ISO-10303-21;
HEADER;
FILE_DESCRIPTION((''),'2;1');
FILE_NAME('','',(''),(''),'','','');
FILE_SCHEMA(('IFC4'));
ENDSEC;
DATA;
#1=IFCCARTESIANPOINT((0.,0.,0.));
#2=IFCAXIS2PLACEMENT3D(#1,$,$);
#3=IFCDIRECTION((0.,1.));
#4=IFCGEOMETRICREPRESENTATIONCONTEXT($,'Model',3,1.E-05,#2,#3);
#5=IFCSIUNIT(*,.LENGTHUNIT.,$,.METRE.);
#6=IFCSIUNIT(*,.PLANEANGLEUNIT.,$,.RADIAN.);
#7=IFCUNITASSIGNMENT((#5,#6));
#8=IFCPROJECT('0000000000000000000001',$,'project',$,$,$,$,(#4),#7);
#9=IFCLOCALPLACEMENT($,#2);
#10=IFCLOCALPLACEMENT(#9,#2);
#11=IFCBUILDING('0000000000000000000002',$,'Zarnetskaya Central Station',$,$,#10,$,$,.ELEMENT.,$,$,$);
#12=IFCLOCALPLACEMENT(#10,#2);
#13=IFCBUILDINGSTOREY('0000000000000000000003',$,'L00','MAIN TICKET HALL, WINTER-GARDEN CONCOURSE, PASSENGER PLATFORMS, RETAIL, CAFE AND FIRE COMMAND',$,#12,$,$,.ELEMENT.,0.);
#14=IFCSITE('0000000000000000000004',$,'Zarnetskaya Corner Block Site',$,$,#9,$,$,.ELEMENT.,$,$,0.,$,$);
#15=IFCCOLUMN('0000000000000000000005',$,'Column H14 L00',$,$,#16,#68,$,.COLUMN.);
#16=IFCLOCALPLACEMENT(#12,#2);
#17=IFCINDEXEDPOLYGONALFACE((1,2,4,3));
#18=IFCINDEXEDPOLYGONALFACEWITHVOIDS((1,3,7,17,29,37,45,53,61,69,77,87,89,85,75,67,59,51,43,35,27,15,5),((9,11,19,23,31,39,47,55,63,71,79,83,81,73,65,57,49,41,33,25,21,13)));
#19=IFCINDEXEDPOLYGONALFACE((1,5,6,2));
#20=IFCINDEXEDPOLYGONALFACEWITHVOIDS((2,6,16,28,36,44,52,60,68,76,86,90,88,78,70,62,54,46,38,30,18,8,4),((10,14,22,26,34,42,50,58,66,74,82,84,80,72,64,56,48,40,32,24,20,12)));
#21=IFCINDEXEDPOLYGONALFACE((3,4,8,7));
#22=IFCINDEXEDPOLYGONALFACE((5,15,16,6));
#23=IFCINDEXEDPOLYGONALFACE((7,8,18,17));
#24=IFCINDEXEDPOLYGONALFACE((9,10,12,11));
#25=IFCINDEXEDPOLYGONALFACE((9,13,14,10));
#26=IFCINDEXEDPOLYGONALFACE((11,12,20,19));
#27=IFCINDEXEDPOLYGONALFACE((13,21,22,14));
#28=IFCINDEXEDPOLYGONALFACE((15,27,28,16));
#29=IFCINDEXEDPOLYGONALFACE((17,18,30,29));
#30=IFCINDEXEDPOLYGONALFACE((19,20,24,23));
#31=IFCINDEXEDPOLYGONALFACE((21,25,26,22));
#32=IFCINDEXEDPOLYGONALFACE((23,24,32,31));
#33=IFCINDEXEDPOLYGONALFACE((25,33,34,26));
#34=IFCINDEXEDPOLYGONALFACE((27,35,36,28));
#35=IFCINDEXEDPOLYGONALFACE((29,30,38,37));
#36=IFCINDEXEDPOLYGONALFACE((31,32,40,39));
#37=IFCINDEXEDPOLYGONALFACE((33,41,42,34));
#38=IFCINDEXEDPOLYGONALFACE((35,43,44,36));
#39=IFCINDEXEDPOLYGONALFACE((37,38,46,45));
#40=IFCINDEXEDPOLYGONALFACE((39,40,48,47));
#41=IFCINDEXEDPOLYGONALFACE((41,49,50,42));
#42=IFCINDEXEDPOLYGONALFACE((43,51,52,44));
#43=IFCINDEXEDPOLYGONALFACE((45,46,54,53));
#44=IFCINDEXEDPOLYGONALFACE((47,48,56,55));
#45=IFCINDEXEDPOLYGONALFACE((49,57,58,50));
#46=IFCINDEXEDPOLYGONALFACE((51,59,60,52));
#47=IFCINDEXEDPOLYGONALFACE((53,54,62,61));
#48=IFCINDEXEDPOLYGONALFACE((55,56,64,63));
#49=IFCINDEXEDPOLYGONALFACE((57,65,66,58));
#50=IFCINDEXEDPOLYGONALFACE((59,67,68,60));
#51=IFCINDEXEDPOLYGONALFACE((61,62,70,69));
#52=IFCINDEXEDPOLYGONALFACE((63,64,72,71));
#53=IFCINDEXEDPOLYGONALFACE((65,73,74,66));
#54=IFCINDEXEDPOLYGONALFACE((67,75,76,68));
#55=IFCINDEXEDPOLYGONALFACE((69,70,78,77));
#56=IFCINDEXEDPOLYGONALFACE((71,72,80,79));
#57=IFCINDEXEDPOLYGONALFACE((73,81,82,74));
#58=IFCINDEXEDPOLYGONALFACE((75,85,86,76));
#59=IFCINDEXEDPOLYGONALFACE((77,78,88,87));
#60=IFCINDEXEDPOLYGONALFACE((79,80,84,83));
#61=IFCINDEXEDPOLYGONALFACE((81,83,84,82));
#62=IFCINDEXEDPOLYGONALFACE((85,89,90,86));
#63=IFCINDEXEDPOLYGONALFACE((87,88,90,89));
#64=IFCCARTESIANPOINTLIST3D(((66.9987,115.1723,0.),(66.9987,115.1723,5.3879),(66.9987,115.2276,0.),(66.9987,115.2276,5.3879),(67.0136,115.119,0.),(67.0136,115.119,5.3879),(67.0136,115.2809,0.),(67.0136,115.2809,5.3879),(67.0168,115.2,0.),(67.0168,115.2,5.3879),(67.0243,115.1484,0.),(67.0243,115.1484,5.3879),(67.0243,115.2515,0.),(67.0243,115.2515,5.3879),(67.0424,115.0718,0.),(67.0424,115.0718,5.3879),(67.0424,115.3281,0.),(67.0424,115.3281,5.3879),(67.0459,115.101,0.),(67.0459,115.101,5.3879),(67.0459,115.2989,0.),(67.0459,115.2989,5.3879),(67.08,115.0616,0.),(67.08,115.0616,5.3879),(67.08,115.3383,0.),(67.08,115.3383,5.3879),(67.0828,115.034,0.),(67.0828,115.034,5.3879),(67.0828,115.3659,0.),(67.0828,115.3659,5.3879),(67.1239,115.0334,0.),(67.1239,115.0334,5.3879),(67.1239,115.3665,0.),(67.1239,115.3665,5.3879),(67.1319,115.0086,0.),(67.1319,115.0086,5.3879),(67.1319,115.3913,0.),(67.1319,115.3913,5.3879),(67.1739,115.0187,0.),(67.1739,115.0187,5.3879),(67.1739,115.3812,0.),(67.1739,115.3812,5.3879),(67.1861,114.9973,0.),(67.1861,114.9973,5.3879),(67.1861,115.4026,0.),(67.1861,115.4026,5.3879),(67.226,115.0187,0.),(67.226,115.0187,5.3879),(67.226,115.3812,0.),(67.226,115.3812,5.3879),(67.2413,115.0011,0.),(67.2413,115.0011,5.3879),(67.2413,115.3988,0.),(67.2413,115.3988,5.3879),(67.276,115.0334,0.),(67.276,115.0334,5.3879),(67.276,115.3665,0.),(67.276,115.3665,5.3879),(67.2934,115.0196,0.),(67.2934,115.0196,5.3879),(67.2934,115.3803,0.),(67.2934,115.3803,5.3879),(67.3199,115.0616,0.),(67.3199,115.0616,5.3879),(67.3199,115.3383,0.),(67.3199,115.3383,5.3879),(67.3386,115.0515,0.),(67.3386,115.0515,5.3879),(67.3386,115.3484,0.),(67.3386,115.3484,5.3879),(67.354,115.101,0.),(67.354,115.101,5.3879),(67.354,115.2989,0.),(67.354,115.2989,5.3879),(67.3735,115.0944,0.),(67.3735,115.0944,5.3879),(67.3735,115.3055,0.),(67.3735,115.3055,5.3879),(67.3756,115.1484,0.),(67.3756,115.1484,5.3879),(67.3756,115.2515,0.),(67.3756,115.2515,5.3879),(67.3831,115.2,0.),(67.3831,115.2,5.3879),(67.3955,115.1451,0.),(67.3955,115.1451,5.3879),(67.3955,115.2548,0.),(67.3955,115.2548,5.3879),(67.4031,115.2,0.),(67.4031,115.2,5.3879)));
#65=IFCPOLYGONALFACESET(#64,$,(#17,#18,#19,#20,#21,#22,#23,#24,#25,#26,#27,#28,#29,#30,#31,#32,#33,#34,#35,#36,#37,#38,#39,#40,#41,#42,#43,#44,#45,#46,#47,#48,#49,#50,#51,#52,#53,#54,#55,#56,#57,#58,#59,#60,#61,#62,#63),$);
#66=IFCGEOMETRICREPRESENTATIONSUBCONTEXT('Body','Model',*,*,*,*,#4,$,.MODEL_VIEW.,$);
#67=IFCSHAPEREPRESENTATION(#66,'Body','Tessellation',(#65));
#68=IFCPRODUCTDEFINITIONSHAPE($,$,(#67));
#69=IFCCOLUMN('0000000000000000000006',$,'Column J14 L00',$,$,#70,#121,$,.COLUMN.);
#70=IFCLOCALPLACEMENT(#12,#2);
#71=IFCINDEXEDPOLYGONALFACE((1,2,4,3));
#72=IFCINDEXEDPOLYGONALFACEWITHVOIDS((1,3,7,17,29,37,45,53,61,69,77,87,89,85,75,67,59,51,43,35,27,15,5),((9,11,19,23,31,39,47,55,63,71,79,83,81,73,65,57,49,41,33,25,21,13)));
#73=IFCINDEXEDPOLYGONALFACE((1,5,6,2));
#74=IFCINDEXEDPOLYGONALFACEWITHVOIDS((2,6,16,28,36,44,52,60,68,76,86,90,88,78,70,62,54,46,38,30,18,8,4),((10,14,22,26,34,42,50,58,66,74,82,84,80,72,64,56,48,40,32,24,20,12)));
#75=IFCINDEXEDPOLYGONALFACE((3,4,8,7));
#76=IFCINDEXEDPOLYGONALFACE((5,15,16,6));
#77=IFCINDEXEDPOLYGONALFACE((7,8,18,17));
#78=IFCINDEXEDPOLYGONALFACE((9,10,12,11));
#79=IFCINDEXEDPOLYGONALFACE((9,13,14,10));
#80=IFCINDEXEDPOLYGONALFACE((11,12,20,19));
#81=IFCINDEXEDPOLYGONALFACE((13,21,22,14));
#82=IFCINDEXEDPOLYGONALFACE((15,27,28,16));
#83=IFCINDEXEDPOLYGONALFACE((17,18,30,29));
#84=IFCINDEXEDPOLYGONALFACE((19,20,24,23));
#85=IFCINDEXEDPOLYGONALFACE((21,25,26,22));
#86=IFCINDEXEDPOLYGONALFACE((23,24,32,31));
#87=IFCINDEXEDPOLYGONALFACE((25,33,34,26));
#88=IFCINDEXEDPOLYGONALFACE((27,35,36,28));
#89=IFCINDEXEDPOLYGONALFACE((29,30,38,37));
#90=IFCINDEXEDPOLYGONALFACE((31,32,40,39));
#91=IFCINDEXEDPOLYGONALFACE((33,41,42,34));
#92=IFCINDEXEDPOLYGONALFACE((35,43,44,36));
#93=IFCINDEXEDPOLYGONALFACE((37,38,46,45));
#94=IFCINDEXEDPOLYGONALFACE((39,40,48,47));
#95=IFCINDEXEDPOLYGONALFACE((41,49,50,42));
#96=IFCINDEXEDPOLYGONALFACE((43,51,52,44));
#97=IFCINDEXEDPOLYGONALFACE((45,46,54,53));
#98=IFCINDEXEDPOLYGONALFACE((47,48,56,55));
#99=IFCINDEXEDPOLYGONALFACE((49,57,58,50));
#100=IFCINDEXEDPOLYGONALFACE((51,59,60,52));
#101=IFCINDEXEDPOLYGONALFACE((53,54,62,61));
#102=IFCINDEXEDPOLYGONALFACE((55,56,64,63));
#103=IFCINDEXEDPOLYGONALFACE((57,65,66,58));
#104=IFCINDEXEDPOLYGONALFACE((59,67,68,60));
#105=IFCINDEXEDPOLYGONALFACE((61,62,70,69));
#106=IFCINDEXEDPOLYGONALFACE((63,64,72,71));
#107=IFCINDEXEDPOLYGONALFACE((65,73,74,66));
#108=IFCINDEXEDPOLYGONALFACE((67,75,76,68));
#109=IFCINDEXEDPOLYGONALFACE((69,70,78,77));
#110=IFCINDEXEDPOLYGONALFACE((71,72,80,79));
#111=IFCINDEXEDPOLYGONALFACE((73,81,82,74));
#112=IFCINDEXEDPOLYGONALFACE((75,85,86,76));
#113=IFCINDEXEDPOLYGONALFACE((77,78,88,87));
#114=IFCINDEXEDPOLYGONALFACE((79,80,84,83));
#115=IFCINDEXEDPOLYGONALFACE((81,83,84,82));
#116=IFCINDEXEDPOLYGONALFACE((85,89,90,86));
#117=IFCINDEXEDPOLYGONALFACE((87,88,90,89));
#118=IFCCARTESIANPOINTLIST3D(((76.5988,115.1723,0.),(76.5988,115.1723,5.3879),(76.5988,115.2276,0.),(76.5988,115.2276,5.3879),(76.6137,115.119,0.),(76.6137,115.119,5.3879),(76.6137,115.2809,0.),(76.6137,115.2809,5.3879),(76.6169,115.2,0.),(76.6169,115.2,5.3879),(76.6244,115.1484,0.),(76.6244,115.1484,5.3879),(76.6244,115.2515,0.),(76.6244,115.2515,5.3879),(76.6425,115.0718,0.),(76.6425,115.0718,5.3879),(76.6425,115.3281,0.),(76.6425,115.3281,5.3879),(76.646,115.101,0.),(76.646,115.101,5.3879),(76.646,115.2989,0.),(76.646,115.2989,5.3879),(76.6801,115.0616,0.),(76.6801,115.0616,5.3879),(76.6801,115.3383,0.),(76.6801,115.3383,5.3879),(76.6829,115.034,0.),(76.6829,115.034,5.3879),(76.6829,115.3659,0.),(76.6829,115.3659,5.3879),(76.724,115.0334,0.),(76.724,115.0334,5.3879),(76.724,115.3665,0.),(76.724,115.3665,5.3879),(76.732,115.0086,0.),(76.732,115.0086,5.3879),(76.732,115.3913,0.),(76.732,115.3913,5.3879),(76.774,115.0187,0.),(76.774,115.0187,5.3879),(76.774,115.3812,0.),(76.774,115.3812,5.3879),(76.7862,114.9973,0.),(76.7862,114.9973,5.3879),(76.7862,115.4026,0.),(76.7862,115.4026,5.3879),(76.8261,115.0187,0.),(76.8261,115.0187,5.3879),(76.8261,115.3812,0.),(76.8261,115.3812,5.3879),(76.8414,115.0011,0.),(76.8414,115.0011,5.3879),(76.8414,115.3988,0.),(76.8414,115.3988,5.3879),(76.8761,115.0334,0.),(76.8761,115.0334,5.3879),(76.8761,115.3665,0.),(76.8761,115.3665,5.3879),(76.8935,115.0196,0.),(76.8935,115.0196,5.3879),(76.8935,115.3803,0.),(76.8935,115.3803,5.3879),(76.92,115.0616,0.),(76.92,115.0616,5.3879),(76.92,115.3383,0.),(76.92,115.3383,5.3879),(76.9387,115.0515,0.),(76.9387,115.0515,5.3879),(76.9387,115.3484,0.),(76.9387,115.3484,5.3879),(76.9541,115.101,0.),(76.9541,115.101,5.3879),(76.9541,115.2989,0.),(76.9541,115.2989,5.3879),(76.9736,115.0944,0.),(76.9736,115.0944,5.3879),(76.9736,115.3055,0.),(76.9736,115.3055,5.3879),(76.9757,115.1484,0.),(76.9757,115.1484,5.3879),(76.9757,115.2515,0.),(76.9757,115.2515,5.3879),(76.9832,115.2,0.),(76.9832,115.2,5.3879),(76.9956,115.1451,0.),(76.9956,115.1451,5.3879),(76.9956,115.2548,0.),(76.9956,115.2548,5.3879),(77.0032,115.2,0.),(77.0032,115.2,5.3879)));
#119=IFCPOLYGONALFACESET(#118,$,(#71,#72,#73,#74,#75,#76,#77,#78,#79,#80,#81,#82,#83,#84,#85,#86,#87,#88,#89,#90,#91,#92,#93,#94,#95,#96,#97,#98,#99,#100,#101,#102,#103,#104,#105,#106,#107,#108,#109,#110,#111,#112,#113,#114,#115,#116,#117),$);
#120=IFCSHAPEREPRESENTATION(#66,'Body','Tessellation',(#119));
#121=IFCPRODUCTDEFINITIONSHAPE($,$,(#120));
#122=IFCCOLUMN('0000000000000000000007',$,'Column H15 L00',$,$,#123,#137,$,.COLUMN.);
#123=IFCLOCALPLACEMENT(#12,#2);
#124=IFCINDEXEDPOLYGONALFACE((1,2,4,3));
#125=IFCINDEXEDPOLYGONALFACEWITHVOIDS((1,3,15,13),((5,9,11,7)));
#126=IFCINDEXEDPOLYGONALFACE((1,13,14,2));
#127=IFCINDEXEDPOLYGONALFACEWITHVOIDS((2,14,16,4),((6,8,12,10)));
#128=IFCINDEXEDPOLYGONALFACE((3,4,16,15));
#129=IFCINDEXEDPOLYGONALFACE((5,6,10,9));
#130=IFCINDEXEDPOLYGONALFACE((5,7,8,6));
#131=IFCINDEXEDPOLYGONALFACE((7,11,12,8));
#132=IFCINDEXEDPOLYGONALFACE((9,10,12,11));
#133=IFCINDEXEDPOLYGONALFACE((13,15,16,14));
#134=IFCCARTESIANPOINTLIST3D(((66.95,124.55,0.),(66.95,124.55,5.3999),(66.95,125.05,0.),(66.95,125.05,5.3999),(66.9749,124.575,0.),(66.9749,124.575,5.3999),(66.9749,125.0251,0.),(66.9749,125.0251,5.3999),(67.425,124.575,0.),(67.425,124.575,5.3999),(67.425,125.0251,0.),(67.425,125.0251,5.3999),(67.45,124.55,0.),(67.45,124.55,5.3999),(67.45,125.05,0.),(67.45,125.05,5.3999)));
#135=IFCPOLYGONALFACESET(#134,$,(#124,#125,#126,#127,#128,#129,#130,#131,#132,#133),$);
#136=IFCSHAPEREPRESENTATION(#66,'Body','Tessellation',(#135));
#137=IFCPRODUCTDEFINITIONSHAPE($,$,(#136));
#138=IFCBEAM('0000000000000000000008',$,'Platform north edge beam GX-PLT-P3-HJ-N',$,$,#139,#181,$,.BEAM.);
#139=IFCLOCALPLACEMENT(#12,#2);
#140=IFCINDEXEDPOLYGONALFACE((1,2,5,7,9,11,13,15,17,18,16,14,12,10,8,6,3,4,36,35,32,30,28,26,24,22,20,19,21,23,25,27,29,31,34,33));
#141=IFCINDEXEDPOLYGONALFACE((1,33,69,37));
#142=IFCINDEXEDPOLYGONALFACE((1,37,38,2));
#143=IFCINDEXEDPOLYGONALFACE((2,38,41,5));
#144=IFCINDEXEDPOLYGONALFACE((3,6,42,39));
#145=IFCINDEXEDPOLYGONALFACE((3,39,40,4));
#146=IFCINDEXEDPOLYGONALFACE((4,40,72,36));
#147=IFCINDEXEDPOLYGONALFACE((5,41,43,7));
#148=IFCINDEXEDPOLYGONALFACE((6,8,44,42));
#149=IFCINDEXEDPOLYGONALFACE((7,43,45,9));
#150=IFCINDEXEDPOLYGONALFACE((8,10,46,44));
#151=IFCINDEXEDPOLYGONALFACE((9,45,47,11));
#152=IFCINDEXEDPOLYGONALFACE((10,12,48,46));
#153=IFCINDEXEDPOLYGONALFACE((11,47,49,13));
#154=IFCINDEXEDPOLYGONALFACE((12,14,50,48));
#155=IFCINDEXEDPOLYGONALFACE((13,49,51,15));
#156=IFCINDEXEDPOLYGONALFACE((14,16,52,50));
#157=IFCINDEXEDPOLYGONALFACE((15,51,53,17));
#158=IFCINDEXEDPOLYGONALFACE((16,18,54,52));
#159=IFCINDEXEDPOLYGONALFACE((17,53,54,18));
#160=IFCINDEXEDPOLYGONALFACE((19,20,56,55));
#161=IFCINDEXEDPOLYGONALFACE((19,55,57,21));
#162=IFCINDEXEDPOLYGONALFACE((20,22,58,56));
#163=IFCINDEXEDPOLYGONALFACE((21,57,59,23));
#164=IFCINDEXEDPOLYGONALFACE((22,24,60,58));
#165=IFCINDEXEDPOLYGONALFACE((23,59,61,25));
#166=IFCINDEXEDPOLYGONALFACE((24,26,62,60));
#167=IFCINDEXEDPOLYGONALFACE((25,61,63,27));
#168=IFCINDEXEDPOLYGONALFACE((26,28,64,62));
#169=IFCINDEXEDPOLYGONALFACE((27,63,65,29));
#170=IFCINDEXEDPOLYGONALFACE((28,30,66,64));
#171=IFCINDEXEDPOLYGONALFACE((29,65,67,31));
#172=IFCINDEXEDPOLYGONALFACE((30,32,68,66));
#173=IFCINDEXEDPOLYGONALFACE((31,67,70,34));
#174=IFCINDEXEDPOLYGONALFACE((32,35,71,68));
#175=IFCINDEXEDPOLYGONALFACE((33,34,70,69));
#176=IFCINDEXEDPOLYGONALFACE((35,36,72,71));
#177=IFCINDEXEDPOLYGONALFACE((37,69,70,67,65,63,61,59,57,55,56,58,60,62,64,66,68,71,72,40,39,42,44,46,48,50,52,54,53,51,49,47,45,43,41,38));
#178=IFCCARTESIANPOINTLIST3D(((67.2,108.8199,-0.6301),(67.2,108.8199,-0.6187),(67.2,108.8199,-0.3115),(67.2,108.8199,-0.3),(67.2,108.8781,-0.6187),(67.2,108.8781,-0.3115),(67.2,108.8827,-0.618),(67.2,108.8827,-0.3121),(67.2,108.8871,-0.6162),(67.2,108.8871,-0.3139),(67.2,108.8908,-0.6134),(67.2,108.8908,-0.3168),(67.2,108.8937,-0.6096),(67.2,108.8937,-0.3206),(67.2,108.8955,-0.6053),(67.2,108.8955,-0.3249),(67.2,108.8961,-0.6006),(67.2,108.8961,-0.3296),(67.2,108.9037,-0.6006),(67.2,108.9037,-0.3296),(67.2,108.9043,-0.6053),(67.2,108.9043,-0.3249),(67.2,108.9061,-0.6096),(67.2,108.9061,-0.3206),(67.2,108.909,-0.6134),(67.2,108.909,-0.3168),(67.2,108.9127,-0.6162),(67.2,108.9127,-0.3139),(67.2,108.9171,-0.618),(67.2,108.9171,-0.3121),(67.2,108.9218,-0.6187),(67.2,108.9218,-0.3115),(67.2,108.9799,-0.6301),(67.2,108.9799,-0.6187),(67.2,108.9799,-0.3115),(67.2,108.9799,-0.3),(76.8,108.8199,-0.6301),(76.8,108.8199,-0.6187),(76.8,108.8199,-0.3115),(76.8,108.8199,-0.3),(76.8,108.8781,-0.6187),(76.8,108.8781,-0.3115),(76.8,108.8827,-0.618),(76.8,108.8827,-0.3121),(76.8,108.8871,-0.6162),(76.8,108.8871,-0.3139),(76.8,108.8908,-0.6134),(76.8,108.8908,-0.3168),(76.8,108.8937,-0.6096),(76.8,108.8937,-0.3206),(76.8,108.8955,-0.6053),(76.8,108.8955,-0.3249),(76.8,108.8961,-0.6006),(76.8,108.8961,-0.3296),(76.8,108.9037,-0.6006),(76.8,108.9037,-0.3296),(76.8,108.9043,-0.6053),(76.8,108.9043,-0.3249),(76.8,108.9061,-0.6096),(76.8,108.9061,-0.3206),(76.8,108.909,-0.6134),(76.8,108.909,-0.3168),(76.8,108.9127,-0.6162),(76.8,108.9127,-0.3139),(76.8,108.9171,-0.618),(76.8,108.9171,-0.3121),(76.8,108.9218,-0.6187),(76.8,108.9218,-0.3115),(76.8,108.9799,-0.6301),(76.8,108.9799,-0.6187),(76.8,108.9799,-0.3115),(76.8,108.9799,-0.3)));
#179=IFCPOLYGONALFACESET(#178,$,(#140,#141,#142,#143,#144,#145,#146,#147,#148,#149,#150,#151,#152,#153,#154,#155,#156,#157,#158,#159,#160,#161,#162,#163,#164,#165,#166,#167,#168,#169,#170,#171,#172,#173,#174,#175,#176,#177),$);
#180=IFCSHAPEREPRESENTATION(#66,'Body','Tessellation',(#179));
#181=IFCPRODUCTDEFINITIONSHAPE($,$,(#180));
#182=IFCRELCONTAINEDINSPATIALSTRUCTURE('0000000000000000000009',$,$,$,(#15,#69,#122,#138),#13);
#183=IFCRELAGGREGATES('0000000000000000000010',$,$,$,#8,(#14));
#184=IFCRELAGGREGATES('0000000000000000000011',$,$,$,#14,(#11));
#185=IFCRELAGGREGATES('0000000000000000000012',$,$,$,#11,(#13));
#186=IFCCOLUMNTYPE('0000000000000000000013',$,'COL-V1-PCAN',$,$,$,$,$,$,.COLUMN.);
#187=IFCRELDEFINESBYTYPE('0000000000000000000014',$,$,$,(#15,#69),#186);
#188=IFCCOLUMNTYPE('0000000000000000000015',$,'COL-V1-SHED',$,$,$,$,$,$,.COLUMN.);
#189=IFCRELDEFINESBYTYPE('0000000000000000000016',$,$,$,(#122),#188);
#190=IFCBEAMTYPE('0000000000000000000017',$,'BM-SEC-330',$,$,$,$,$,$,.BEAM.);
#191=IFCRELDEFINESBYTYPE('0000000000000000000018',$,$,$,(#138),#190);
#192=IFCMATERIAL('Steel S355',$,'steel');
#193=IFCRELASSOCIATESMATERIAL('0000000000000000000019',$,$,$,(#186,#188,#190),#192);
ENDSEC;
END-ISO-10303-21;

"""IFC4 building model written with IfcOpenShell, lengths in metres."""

from ifc_helpers import new_model, si_unit, direction, frame, origin, origin_2d, place, context, subcontext, project, spatial, hollow_rectangle, hollow_circle, i_section, extrude, material, material_profile, profile_set, type_object, element, save


model = new_model("IFC4")

# Units and contexts
model_context = context("Model", 3, precision=1e-05, world=origin(), true_north=direction((0.0, 1.0)))
body_context = subcontext(model_context, "Body", "Model", "MODEL_VIEW")
ifc_project = project(units=[si_unit("LENGTHUNIT", "METRE"), si_unit("PLANEANGLEUNIT", "RADIAN")], contexts=[model_context])

# Site, building, storey
site_placement = place(None, origin())
site = spatial("IfcSite", under=ifc_project, at=site_placement, Name="Zarnetskaya Corner Block Site", CompositionType="ELEMENT", RefElevation=0.0)
building_placement = place(site_placement, origin())
building = spatial("IfcBuilding", under=site, at=building_placement, Name="Zarnetskaya Central Station", CompositionType="ELEMENT")
storey_placement = place(building_placement, origin())
storey = spatial("IfcBuildingStorey", under=building, at=storey_placement, Name="L00", Description="MAIN TICKET HALL, WINTER-GARDEN CONCOURSE, PASSENGER PLATFORMS, RETAIL, CAFE AND FIRE COMMAND", CompositionType="ELEMENT", Elevation=0.0)

# Columns
ifc_material_1 = material(Name="Steel S355", Category="steel")
ifc_material_profile_1 = material_profile(ifc_material_1, hollow_circle(Radius=0.2031, WallThickness=0.02, at=origin_2d()), Name="CHS 406.4x20")
ifc_profile_set_1 = profile_set([ifc_material_profile_1], Name="Steel S355")
column_type_1 = type_object("IfcColumnType", Name="COL-V1-PCAN", PredefinedType="COLUMN", material=ifc_profile_set_1)
for number, where, z_axis, x_axis, name in (
    (1, (67.2, 115.2, 0.0), (0.0, 0.0, 1.0), (1.0, 0.0, 0.0), "Column H14 L00"),
    (2, (76.8, 115.2, 0.0), (0.0, 0.0, 1.0), (1.0, 0.0, 0.0), "Column J14 L00"),
):
    element("IfcColumn", number, at=place(storey_placement, frame(where, z_axis=z_axis, x_axis=x_axis)), inside=storey, type_object=column_type_1, Name=name, PredefinedType="COLUMN", context=body_context, shape_type="SweptSolid", body=[
        extrude(hollow_circle(Radius=0.2031, WallThickness=0.02, at=origin_2d()), origin(), (0.0, 0.0, 1.0), 5.3879),
    ])
ifc_material_profile_2 = material_profile(ifc_material_1, hollow_rectangle(XDim=0.5, YDim=0.5, WallThickness=0.0249, at=origin_2d()), Name="BOX 500x500x25")
ifc_profile_set_2 = profile_set([ifc_material_profile_2], Name="Steel S355")
column_type_2 = type_object("IfcColumnType", Name="COL-V1-SHED", PredefinedType="COLUMN", material=ifc_profile_set_2)
column_placement = place(storey_placement, frame((67.2, 124.8, 0.0), z_axis=(0.0, 0.0, 1.0), x_axis=(1.0, 0.0, 0.0)))
element("IfcColumn", 3, at=column_placement, inside=storey, type_object=column_type_2, Name="Column H15 L00", PredefinedType="COLUMN", context=body_context, shape_type="SweptSolid", body=[
    extrude(hollow_rectangle(XDim=0.5, YDim=0.5, WallThickness=0.0249, at=origin_2d()), origin(), (0.0, 0.0, 1.0), 5.3999),
])

# Beam
ifc_material_profile_3 = material_profile(ifc_material_1, i_section(OverallWidth=0.1599, OverallDepth=0.3301, WebThickness=0.0076, FlangeThickness=0.0115, FilletRadius=0.0181, at=origin_2d()), Name="IPE 330")
ifc_profile_set_3 = profile_set([ifc_material_profile_3], Name="Steel S355")
beam_type_1 = type_object("IfcBeamType", Name="BM-SEC-330", PredefinedType="BEAM", material=ifc_profile_set_3)
beam_1_placement = place(storey_placement, frame((67.2, 108.8999, -0.4651), z_axis=(1.0, 0.0, 0.0), x_axis=(0.0, 1.0, 0.0)))
element("IfcBeam", 4, at=beam_1_placement, inside=storey, type_object=beam_type_1, Name="Platform north edge beam GX-PLT-P3-HJ-N", PredefinedType="BEAM", context=body_context, shape_type="SweptSolid", body=[
    extrude(i_section(OverallWidth=0.1599, OverallDepth=0.3301, WebThickness=0.0076, FlangeThickness=0.0115, FilletRadius=0.0181, at=origin_2d()), origin(), (0.0, 0.0, 1.0), 9.6001),
])

save(model, "model.ifc")
